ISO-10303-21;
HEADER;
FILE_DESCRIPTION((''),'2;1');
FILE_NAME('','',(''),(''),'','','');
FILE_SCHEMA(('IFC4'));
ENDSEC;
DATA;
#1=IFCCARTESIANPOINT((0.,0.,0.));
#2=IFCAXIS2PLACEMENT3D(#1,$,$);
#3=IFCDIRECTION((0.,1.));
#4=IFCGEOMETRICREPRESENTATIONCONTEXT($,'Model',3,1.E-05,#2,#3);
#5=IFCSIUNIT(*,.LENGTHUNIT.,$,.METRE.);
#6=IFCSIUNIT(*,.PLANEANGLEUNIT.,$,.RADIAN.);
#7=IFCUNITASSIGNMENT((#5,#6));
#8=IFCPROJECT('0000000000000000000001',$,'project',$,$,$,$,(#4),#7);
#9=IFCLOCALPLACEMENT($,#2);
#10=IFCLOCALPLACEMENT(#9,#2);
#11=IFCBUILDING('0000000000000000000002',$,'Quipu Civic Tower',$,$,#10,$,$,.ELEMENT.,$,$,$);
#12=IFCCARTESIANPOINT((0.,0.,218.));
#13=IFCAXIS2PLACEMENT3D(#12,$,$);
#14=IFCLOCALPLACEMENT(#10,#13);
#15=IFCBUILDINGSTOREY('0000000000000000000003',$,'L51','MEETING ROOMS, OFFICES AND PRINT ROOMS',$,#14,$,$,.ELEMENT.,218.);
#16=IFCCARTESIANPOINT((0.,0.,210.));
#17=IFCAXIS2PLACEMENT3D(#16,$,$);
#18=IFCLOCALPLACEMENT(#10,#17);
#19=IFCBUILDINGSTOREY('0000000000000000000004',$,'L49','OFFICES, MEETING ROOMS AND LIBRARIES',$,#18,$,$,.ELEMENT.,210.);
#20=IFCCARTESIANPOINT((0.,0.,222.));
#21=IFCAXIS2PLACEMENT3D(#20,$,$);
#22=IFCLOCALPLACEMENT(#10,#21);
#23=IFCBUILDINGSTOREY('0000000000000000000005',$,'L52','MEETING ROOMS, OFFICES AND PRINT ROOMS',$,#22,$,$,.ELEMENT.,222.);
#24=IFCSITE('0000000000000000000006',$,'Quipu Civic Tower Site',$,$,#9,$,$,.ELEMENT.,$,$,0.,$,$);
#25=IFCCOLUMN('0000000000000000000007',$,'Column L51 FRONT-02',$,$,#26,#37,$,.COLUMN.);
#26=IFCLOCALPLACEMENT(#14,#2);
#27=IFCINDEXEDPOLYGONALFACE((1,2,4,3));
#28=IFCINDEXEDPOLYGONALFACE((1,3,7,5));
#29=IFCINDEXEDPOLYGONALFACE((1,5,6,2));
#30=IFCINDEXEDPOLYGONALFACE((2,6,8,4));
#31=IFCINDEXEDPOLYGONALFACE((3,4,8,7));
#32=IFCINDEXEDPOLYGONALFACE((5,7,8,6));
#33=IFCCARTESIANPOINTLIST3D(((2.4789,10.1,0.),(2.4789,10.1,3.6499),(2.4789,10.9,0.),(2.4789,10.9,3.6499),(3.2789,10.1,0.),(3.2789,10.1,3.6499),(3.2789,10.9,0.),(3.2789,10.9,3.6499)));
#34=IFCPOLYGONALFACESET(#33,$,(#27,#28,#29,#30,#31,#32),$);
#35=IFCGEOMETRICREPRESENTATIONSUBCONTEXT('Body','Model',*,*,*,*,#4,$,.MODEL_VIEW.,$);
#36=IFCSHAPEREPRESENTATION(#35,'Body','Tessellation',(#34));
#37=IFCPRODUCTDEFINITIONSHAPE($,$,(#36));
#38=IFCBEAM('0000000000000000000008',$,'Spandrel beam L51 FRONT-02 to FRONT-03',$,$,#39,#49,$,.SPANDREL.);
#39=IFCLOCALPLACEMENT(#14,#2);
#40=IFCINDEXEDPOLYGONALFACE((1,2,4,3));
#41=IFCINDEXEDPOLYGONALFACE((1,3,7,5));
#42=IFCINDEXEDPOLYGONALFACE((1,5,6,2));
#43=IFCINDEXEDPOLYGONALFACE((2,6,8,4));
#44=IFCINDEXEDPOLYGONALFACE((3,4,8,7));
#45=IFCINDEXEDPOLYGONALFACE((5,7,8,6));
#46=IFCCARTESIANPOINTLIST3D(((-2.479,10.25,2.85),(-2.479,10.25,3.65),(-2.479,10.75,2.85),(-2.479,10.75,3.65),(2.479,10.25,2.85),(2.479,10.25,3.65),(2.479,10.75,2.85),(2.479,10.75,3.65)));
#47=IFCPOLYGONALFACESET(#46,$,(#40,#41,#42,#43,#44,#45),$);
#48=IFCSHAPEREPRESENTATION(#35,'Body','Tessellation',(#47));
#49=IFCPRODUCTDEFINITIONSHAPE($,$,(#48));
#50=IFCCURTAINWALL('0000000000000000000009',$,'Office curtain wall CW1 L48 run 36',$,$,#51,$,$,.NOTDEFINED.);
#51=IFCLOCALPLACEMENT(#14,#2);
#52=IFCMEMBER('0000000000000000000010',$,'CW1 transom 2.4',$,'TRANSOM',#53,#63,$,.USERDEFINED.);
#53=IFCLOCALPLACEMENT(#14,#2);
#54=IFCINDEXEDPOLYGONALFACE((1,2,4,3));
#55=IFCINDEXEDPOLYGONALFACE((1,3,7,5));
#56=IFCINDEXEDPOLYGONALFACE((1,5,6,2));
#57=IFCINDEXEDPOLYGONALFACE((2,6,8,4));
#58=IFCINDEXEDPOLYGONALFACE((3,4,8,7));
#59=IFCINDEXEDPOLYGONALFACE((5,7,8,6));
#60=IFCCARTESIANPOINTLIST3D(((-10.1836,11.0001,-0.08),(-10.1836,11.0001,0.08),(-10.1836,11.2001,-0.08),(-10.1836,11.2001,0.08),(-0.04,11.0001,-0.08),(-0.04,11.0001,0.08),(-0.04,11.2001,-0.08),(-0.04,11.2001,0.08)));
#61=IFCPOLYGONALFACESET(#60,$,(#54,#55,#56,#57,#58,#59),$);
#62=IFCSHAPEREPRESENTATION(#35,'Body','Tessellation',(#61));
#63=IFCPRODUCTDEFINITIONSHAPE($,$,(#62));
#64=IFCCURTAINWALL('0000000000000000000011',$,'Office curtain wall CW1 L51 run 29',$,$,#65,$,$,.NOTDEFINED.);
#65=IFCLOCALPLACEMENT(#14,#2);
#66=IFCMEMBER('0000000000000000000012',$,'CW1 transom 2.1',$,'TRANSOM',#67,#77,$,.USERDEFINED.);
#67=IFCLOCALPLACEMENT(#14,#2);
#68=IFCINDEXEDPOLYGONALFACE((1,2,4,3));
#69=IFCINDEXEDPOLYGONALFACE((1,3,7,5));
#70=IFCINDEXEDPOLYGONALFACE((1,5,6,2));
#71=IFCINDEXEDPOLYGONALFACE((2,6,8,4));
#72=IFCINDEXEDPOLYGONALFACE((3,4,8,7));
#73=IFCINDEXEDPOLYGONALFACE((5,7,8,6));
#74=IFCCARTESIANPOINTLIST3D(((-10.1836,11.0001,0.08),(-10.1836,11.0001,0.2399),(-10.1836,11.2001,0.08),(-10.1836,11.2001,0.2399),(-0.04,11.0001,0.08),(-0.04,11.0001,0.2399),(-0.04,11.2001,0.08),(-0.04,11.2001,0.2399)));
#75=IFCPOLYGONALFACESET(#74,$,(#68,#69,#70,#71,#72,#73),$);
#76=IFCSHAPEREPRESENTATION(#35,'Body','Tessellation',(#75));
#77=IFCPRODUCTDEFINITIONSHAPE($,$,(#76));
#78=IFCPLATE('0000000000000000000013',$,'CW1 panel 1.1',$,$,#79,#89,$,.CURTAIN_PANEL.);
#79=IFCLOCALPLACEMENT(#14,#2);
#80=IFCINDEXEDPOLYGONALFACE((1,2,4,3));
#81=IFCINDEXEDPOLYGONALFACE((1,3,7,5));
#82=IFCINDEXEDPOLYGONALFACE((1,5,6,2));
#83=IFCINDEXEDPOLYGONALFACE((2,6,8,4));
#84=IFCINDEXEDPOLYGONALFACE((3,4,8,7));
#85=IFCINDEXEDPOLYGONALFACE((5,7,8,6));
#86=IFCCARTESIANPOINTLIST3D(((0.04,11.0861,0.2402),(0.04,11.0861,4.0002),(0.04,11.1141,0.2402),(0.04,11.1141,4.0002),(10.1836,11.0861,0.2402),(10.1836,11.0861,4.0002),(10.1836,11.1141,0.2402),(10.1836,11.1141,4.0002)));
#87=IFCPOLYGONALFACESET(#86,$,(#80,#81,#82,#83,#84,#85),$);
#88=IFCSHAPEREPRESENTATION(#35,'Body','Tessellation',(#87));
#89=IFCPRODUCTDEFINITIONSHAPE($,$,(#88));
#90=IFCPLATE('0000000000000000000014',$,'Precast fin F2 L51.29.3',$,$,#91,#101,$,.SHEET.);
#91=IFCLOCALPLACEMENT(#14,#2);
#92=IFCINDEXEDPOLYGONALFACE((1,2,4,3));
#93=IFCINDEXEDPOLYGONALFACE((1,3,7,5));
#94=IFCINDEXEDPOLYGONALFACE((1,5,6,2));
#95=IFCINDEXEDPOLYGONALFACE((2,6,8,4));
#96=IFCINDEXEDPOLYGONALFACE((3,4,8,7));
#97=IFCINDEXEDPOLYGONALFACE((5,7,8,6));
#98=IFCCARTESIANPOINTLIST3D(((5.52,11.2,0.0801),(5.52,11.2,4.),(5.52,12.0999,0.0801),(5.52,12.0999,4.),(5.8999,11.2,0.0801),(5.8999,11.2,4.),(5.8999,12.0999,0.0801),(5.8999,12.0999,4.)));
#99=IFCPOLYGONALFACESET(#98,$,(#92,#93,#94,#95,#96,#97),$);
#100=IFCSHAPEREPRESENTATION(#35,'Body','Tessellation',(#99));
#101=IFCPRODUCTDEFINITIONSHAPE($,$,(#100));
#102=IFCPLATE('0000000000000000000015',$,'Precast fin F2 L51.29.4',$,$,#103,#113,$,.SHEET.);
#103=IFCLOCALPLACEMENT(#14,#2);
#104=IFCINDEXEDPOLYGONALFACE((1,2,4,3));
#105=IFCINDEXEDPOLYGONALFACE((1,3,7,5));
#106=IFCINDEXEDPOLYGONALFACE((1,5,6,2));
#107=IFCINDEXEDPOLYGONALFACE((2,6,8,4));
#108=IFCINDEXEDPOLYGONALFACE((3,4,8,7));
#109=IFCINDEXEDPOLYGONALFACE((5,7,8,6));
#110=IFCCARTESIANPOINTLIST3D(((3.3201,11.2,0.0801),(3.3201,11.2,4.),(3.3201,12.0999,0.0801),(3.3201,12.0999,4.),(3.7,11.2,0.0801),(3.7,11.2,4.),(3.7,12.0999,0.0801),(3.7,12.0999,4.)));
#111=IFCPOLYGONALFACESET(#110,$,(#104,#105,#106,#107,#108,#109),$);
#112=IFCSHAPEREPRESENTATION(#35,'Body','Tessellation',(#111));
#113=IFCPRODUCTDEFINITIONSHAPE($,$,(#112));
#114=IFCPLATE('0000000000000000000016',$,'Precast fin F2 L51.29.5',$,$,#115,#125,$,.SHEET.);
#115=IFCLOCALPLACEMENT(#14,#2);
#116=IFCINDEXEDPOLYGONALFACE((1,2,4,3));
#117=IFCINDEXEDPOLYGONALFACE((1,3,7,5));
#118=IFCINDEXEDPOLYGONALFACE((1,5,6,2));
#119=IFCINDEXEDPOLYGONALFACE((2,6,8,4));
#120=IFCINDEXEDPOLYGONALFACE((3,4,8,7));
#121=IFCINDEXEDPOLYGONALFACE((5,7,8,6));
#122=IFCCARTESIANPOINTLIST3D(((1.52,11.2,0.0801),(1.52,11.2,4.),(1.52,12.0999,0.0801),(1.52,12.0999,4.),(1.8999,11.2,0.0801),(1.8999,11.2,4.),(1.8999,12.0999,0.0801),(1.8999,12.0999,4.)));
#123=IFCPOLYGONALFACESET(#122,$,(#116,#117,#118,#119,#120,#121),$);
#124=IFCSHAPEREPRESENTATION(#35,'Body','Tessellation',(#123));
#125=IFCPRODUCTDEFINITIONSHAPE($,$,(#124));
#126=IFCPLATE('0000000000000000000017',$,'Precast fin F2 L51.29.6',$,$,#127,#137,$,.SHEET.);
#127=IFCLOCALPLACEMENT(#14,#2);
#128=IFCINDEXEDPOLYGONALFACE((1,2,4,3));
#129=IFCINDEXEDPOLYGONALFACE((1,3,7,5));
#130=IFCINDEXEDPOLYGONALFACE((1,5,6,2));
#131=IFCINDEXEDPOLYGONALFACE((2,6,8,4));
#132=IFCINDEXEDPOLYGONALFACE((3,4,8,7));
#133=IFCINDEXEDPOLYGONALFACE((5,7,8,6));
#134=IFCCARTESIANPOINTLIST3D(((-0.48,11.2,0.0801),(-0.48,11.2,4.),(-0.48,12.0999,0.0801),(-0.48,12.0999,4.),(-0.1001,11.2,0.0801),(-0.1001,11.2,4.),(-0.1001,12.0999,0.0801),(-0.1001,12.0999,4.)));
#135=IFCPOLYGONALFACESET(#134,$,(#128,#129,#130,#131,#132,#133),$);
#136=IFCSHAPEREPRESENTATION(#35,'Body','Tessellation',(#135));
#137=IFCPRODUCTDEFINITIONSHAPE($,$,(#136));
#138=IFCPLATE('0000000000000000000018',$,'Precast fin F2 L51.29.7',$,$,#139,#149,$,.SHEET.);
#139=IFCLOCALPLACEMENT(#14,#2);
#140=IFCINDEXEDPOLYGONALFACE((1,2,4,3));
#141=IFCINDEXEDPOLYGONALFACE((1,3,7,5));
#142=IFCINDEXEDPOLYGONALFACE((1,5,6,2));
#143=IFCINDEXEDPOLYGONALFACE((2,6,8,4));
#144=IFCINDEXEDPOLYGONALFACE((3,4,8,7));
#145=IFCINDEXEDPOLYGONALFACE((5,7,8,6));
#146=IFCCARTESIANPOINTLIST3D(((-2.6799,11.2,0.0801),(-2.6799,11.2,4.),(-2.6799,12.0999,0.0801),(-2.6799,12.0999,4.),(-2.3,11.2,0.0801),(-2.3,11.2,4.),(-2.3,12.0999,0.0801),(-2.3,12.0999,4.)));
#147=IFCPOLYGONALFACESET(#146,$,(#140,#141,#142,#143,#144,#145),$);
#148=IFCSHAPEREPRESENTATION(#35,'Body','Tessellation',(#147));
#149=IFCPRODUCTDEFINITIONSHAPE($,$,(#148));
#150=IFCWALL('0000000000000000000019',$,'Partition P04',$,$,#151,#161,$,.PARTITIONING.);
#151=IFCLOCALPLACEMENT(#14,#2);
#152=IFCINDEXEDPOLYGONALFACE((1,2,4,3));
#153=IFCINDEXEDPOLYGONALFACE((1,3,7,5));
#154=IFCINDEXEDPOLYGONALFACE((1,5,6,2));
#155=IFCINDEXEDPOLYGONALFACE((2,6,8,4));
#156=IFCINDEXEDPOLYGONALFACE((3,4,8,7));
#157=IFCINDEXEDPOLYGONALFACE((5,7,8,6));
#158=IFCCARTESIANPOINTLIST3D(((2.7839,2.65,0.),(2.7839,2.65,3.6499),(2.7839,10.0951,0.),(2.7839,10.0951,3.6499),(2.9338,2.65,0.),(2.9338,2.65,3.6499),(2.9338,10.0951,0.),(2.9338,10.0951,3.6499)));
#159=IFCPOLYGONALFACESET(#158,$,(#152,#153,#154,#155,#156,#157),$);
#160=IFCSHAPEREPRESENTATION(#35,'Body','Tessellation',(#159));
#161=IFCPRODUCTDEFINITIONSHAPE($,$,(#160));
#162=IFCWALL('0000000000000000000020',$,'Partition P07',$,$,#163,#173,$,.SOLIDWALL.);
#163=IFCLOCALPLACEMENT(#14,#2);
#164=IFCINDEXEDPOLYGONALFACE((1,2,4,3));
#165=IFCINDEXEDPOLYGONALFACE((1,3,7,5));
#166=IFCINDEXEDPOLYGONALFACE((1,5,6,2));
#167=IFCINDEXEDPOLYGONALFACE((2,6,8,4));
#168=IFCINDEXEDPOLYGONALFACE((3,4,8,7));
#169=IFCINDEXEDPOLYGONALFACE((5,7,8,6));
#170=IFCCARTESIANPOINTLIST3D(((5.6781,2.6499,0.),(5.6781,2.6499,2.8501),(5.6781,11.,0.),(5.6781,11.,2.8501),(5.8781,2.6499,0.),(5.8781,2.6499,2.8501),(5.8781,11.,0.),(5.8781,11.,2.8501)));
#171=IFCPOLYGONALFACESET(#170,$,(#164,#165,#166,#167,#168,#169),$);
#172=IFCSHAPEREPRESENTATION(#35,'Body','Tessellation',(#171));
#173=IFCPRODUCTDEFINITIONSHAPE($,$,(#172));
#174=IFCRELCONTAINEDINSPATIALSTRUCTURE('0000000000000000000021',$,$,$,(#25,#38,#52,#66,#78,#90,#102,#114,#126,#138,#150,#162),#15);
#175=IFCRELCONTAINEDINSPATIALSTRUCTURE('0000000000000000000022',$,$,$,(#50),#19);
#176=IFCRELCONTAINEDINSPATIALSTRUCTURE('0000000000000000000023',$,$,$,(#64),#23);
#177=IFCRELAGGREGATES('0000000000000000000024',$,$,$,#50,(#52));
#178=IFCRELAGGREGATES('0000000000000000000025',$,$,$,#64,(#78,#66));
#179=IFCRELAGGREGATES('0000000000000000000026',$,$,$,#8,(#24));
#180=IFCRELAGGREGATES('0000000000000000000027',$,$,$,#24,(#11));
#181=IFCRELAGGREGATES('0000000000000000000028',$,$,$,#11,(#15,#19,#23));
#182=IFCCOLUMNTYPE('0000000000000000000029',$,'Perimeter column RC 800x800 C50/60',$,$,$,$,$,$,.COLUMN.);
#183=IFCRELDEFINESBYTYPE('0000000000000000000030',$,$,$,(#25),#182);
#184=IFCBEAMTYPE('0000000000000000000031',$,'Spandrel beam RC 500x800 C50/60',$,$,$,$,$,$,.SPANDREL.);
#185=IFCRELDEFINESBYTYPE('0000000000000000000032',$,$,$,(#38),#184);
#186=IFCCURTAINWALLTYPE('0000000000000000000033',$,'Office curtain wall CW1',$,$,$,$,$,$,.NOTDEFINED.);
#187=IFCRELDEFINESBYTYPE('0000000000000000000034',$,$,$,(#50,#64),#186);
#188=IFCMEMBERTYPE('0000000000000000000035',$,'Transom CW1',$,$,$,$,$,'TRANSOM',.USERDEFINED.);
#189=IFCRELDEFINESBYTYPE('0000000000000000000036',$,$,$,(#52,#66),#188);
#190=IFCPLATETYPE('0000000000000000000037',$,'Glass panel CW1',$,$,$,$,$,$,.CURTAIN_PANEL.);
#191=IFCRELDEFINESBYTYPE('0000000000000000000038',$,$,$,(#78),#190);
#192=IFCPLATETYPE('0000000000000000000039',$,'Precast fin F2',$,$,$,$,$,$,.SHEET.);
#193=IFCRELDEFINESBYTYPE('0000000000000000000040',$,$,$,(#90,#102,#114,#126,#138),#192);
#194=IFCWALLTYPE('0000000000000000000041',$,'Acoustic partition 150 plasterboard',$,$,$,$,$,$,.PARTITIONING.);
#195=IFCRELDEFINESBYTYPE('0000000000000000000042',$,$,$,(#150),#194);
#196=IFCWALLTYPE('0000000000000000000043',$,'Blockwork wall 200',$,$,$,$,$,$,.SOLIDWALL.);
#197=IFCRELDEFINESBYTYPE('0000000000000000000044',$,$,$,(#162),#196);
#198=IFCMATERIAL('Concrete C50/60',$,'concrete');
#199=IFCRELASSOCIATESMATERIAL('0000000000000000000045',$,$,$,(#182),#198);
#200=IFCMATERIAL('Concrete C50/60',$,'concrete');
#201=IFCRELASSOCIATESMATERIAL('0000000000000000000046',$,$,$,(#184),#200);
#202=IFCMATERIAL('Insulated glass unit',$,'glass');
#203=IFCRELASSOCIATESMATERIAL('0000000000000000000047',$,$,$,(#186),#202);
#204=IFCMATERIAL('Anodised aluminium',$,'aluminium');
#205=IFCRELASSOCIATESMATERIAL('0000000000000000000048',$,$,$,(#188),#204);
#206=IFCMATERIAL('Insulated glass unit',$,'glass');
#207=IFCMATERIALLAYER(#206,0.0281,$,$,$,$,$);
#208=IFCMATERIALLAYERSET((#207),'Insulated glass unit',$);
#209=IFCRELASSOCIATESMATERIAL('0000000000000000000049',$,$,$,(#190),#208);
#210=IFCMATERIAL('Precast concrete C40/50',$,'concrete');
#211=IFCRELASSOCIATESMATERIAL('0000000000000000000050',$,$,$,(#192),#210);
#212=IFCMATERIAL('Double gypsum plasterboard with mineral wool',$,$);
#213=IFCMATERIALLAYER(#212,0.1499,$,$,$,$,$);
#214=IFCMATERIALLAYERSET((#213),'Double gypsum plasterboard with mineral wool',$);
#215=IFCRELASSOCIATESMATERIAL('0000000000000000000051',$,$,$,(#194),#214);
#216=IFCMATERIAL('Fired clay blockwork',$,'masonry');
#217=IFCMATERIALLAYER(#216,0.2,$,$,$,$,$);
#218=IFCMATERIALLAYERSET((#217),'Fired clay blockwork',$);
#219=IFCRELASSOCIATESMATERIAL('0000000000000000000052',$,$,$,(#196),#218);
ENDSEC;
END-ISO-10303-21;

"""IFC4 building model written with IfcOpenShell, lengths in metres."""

from ifc_helpers import new_model, si_unit, direction, frame, frame_2d, origin, origin_2d, place, context, subcontext, project, spatial, rectangle, extrude, material, layer, layer_set, material_profile, profile_set, type_object, element, aggregate, save


model = new_model("IFC4")

# Units and contexts
model_context = context("Model", 3, precision=1e-05, world=origin(), true_north=direction((0.0, 1.0)))
body_context = subcontext(model_context, "Body", "Model", "MODEL_VIEW")
ifc_project = project(units=[si_unit("LENGTHUNIT", "METRE"), si_unit("PLANEANGLEUNIT", "RADIAN")], contexts=[model_context])

# Site, building, storey
site_placement = place(None, origin())
site = spatial("IfcSite", under=ifc_project, at=site_placement, Name="Quipu Civic Tower Site", CompositionType="ELEMENT", RefElevation=0.0)
building_placement = place(site_placement, origin())
building = spatial("IfcBuilding", under=site, at=building_placement, Name="Quipu Civic Tower", CompositionType="ELEMENT")
storey_1_placement = place(building_placement, frame((0.0, 0.0, 218.0)))
storey_1 = spatial("IfcBuildingStorey", under=building, at=storey_1_placement, Name="L51", Description="MEETING ROOMS, OFFICES AND PRINT ROOMS", CompositionType="ELEMENT", Elevation=218.0)

# Column
ifc_material_1 = material(Name="Concrete C50/60", Category="concrete")
ifc_material_profile_1 = material_profile(ifc_material_1, rectangle(XDim=0.8, YDim=0.8, at=origin_2d()), Name="RC800x800")
ifc_profile_set_1 = profile_set([ifc_material_profile_1], Name="Concrete C50/60")
column_type = type_object("IfcColumnType", Name="Perimeter column RC 800x800 C50/60", PredefinedType="COLUMN", material=ifc_profile_set_1)
column_placement = place(storey_1_placement, frame((2.8789, 10.5, 0.0), z_axis=(0.0, 0.0, 1.0), x_axis=(-1.0, 0.0, 0.0)))
element("IfcColumn", 1, at=column_placement, inside=storey_1, type_object=column_type, Name="Column L51 FRONT-02", PredefinedType="COLUMN", context=body_context, shape_type="SweptSolid", body=[
    extrude(rectangle(XDim=0.8, YDim=0.8, at=origin_2d()), origin(), (0.0, 0.0, 1.0), 3.6499),
])

# Beam
ifc_material_2 = material(Name="Concrete C50/60", Category="concrete")
ifc_material_profile_2 = material_profile(ifc_material_2, rectangle(XDim=0.5, YDim=0.8, at=origin_2d()), Name="RC500x800")
ifc_profile_set_2 = profile_set([ifc_material_profile_2], Name="Concrete C50/60")
beam_type = type_object("IfcBeamType", Name="Spandrel beam RC 500x800 C50/60", PredefinedType="SPANDREL", material=ifc_profile_set_2)
beam_placement = place(storey_1_placement, frame((2.479, 10.5, 3.25), z_axis=(-1.0, 0.0, 0.0), x_axis=(0.0, -1.0, 0.0)))
element("IfcBeam", 2, at=beam_placement, inside=storey_1, type_object=beam_type, Name="Spandrel beam L51 FRONT-02 to FRONT-03", PredefinedType="SPANDREL", context=body_context, shape_type="SweptSolid", body=[
    extrude(rectangle(XDim=0.5, YDim=0.8, at=origin_2d()), origin(), (0.0, 0.0, 1.0), 4.958),
])

# Shared definitions
storey_2_placement = place(building_placement, frame((0.0, 0.0, 210.0)))
storey_2 = spatial("IfcBuildingStorey", under=building, at=storey_2_placement, Name="L49", Description="OFFICES, MEETING ROOMS AND LIBRARIES", CompositionType="ELEMENT", Elevation=210.0)

# Curtain wall, member
ifc_material_3 = material(Name="Insulated glass unit", Category="glass")
curtain_wall_type = type_object("IfcCurtainWallType", Name="Office curtain wall CW1", PredefinedType="NOTDEFINED", material=ifc_material_3)
curtain_wall_1_placement = place(storey_2_placement, origin())
curtain_wall_1 = element("IfcCurtainWall", 3, at=curtain_wall_1_placement, inside=storey_2, type_object=curtain_wall_type, Name="Office curtain wall CW1 L48 run 36", PredefinedType="NOTDEFINED")
ifc_material_4 = material(Name="Anodised aluminium", Category="aluminium")
ifc_material_profile_3 = material_profile(ifc_material_4, rectangle(XDim=0.2, YDim=0.1599, at=origin_2d()), Name="RECT 200x160")
ifc_profile_set_3 = profile_set([ifc_material_profile_3], Name="Anodised aluminium")
member_type = type_object("IfcMemberType", Name="Transom CW1", ElementType="TRANSOM", PredefinedType="USERDEFINED", material=ifc_profile_set_3)
member_1_placement = place(storey_1_placement, frame((-0.04, 11.1001, 0.0), z_axis=(-1.0, 0.0, 0.0), x_axis=(0.0, -1.0, 0.0)))
member_1 = element("IfcMember", 4, at=member_1_placement, inside=storey_1, type_object=member_type, Name="CW1 transom 2.4", ObjectType="TRANSOM", PredefinedType="USERDEFINED", context=body_context, shape_type="SweptSolid", body=[
    extrude(rectangle(XDim=0.2, YDim=0.1599, at=origin_2d()), origin(), (0.0, 0.0, 1.0), 10.1436),
])
aggregate(curtain_wall_1, [member_1])

# Shared definitions
storey_3_placement = place(building_placement, frame((0.0, 0.0, 222.0)))
storey_3 = spatial("IfcBuildingStorey", under=building, at=storey_3_placement, Name="L52", Description="MEETING ROOMS, OFFICES AND PRINT ROOMS", CompositionType="ELEMENT", Elevation=222.0)

# Curtain wall, member, plate
curtain_wall_2_placement = place(storey_3_placement, origin())
curtain_wall_2 = element("IfcCurtainWall", 5, at=curtain_wall_2_placement, inside=storey_3, type_object=curtain_wall_type, Name="Office curtain wall CW1 L51 run 29", PredefinedType="NOTDEFINED")
member_2_placement = place(storey_1_placement, frame((-0.04, 11.1001, 0.1599), z_axis=(-1.0, 0.0, 0.0), x_axis=(0.0, -1.0, 0.0)))
member_2 = element("IfcMember", 6, at=member_2_placement, inside=storey_1, type_object=member_type, Name="CW1 transom 2.1", ObjectType="TRANSOM", PredefinedType="USERDEFINED", context=body_context, shape_type="SweptSolid", body=[
    extrude(rectangle(XDim=0.2, YDim=0.1599, at=origin_2d()), origin(), (0.0, 0.0, 1.0), 10.1436),
])
ifc_material_5 = material(Name="Insulated glass unit", Category="glass")
ifc_layer_1 = layer(ifc_material_5, 0.0281)
ifc_layer_set_1 = layer_set([ifc_layer_1], Name="Insulated glass unit")
plate_type_1 = type_object("IfcPlateType", Name="Glass panel CW1", PredefinedType="CURTAIN_PANEL", material=ifc_layer_set_1)
plate_placement = place(storey_1_placement, frame((5.1118, 11.1001, 0.2402), z_axis=(0.0, 0.0, 1.0), x_axis=(-1.0, 0.0, 0.0)))
plate = element("IfcPlate", 7, at=plate_placement, inside=storey_1, type_object=plate_type_1, Name="CW1 panel 1.1", PredefinedType="CURTAIN_PANEL", context=body_context, shape_type="SweptSolid", body=[
    extrude(rectangle(XDim=10.1436, YDim=0.0281, at=origin_2d()), origin(), (0.0, 0.0, 1.0), 3.76),
])
aggregate(curtain_wall_2, [plate, member_2])

# Plates
ifc_material_6 = material(Name="Precast concrete C40/50", Category="concrete")
plate_type_2 = type_object("IfcPlateType", Name="Precast fin F2", PredefinedType="SHEET", material=ifc_material_6)
for number, where, z_axis, x_axis, name in (
    (8, (5.71, 11.6499, 0.0801), (0.0, 0.0, 1.0), (-1.0, 0.0, 0.0), "Precast fin F2 L51.29.3"),
    (9, (3.51, 11.6499, 0.0801), (0.0, 0.0, 1.0), (-1.0, 0.0, 0.0), "Precast fin F2 L51.29.4"),
    (10, (1.71, 11.6499, 0.0801), (0.0, 0.0, 1.0), (-1.0, 0.0, 0.0), "Precast fin F2 L51.29.5"),
    (11, (-0.29, 11.6499, 0.0801), (0.0, 0.0, 1.0), (-1.0, 0.0, 0.0), "Precast fin F2 L51.29.6"),
    (12, (-2.49, 11.6499, 0.0801), (0.0, 0.0, 1.0), (-1.0, 0.0, 0.0), "Precast fin F2 L51.29.7"),
):
    element("IfcPlate", number, at=place(storey_1_placement, frame(where, z_axis=z_axis, x_axis=x_axis)), inside=storey_1, type_object=plate_type_2, Name=name, PredefinedType="SHEET", context=body_context, shape_type="SweptSolid", body=[
        extrude(rectangle(XDim=0.3799, YDim=0.8999, at=origin_2d()), origin(), (0.0, 0.0, 1.0), 3.9199),
    ])

# Walls
ifc_material_7 = material(Name="Double gypsum plasterboard with mineral wool")
ifc_layer_2 = layer(ifc_material_7, 0.1499)
ifc_layer_set_2 = layer_set([ifc_layer_2], Name="Double gypsum plasterboard with mineral wool")
wall_type_1 = type_object("IfcWallType", Name="Acoustic partition 150 plasterboard", PredefinedType="PARTITIONING", material=ifc_layer_set_2)
wall_1_placement = place(storey_1_placement, frame((2.8589, 2.6499, 0.0), z_axis=(0.0, 0.0, 1.0), x_axis=(0.0, 1.0, 0.0)))
element("IfcWall", 13, at=wall_1_placement, inside=storey_1, type_object=wall_type_1, Name="Partition P04", PredefinedType="PARTITIONING", context=body_context, shape_type="SweptSolid", body=[
    extrude(rectangle(XDim=7.4451, YDim=0.1499, at=frame_2d((3.7227, 0.0))), origin(), (0.0, 0.0, 1.0), 3.6499),
])
ifc_material_8 = material(Name="Fired clay blockwork", Category="masonry")
ifc_layer_3 = layer(ifc_material_8, 0.2)
ifc_layer_set_3 = layer_set([ifc_layer_3], Name="Fired clay blockwork")
wall_type_2 = type_object("IfcWallType", Name="Blockwork wall 200", PredefinedType="SOLIDWALL", material=ifc_layer_set_3)
wall_2_placement = place(storey_1_placement, frame((5.7781, 11.0, 0.0), z_axis=(0.0, 0.0, 1.0), x_axis=(0.0, -1.0, 0.0)))
element("IfcWall", 14, at=wall_2_placement, inside=storey_1, type_object=wall_type_2, Name="Partition P07", PredefinedType="SOLIDWALL", context=body_context, shape_type="SweptSolid", body=[
    extrude(rectangle(XDim=8.3501, YDim=0.2, at=frame_2d((4.175, 0.0))), origin(), (0.0, 0.0, 1.0), 2.8501),
])

save(model, "model.ifc")
